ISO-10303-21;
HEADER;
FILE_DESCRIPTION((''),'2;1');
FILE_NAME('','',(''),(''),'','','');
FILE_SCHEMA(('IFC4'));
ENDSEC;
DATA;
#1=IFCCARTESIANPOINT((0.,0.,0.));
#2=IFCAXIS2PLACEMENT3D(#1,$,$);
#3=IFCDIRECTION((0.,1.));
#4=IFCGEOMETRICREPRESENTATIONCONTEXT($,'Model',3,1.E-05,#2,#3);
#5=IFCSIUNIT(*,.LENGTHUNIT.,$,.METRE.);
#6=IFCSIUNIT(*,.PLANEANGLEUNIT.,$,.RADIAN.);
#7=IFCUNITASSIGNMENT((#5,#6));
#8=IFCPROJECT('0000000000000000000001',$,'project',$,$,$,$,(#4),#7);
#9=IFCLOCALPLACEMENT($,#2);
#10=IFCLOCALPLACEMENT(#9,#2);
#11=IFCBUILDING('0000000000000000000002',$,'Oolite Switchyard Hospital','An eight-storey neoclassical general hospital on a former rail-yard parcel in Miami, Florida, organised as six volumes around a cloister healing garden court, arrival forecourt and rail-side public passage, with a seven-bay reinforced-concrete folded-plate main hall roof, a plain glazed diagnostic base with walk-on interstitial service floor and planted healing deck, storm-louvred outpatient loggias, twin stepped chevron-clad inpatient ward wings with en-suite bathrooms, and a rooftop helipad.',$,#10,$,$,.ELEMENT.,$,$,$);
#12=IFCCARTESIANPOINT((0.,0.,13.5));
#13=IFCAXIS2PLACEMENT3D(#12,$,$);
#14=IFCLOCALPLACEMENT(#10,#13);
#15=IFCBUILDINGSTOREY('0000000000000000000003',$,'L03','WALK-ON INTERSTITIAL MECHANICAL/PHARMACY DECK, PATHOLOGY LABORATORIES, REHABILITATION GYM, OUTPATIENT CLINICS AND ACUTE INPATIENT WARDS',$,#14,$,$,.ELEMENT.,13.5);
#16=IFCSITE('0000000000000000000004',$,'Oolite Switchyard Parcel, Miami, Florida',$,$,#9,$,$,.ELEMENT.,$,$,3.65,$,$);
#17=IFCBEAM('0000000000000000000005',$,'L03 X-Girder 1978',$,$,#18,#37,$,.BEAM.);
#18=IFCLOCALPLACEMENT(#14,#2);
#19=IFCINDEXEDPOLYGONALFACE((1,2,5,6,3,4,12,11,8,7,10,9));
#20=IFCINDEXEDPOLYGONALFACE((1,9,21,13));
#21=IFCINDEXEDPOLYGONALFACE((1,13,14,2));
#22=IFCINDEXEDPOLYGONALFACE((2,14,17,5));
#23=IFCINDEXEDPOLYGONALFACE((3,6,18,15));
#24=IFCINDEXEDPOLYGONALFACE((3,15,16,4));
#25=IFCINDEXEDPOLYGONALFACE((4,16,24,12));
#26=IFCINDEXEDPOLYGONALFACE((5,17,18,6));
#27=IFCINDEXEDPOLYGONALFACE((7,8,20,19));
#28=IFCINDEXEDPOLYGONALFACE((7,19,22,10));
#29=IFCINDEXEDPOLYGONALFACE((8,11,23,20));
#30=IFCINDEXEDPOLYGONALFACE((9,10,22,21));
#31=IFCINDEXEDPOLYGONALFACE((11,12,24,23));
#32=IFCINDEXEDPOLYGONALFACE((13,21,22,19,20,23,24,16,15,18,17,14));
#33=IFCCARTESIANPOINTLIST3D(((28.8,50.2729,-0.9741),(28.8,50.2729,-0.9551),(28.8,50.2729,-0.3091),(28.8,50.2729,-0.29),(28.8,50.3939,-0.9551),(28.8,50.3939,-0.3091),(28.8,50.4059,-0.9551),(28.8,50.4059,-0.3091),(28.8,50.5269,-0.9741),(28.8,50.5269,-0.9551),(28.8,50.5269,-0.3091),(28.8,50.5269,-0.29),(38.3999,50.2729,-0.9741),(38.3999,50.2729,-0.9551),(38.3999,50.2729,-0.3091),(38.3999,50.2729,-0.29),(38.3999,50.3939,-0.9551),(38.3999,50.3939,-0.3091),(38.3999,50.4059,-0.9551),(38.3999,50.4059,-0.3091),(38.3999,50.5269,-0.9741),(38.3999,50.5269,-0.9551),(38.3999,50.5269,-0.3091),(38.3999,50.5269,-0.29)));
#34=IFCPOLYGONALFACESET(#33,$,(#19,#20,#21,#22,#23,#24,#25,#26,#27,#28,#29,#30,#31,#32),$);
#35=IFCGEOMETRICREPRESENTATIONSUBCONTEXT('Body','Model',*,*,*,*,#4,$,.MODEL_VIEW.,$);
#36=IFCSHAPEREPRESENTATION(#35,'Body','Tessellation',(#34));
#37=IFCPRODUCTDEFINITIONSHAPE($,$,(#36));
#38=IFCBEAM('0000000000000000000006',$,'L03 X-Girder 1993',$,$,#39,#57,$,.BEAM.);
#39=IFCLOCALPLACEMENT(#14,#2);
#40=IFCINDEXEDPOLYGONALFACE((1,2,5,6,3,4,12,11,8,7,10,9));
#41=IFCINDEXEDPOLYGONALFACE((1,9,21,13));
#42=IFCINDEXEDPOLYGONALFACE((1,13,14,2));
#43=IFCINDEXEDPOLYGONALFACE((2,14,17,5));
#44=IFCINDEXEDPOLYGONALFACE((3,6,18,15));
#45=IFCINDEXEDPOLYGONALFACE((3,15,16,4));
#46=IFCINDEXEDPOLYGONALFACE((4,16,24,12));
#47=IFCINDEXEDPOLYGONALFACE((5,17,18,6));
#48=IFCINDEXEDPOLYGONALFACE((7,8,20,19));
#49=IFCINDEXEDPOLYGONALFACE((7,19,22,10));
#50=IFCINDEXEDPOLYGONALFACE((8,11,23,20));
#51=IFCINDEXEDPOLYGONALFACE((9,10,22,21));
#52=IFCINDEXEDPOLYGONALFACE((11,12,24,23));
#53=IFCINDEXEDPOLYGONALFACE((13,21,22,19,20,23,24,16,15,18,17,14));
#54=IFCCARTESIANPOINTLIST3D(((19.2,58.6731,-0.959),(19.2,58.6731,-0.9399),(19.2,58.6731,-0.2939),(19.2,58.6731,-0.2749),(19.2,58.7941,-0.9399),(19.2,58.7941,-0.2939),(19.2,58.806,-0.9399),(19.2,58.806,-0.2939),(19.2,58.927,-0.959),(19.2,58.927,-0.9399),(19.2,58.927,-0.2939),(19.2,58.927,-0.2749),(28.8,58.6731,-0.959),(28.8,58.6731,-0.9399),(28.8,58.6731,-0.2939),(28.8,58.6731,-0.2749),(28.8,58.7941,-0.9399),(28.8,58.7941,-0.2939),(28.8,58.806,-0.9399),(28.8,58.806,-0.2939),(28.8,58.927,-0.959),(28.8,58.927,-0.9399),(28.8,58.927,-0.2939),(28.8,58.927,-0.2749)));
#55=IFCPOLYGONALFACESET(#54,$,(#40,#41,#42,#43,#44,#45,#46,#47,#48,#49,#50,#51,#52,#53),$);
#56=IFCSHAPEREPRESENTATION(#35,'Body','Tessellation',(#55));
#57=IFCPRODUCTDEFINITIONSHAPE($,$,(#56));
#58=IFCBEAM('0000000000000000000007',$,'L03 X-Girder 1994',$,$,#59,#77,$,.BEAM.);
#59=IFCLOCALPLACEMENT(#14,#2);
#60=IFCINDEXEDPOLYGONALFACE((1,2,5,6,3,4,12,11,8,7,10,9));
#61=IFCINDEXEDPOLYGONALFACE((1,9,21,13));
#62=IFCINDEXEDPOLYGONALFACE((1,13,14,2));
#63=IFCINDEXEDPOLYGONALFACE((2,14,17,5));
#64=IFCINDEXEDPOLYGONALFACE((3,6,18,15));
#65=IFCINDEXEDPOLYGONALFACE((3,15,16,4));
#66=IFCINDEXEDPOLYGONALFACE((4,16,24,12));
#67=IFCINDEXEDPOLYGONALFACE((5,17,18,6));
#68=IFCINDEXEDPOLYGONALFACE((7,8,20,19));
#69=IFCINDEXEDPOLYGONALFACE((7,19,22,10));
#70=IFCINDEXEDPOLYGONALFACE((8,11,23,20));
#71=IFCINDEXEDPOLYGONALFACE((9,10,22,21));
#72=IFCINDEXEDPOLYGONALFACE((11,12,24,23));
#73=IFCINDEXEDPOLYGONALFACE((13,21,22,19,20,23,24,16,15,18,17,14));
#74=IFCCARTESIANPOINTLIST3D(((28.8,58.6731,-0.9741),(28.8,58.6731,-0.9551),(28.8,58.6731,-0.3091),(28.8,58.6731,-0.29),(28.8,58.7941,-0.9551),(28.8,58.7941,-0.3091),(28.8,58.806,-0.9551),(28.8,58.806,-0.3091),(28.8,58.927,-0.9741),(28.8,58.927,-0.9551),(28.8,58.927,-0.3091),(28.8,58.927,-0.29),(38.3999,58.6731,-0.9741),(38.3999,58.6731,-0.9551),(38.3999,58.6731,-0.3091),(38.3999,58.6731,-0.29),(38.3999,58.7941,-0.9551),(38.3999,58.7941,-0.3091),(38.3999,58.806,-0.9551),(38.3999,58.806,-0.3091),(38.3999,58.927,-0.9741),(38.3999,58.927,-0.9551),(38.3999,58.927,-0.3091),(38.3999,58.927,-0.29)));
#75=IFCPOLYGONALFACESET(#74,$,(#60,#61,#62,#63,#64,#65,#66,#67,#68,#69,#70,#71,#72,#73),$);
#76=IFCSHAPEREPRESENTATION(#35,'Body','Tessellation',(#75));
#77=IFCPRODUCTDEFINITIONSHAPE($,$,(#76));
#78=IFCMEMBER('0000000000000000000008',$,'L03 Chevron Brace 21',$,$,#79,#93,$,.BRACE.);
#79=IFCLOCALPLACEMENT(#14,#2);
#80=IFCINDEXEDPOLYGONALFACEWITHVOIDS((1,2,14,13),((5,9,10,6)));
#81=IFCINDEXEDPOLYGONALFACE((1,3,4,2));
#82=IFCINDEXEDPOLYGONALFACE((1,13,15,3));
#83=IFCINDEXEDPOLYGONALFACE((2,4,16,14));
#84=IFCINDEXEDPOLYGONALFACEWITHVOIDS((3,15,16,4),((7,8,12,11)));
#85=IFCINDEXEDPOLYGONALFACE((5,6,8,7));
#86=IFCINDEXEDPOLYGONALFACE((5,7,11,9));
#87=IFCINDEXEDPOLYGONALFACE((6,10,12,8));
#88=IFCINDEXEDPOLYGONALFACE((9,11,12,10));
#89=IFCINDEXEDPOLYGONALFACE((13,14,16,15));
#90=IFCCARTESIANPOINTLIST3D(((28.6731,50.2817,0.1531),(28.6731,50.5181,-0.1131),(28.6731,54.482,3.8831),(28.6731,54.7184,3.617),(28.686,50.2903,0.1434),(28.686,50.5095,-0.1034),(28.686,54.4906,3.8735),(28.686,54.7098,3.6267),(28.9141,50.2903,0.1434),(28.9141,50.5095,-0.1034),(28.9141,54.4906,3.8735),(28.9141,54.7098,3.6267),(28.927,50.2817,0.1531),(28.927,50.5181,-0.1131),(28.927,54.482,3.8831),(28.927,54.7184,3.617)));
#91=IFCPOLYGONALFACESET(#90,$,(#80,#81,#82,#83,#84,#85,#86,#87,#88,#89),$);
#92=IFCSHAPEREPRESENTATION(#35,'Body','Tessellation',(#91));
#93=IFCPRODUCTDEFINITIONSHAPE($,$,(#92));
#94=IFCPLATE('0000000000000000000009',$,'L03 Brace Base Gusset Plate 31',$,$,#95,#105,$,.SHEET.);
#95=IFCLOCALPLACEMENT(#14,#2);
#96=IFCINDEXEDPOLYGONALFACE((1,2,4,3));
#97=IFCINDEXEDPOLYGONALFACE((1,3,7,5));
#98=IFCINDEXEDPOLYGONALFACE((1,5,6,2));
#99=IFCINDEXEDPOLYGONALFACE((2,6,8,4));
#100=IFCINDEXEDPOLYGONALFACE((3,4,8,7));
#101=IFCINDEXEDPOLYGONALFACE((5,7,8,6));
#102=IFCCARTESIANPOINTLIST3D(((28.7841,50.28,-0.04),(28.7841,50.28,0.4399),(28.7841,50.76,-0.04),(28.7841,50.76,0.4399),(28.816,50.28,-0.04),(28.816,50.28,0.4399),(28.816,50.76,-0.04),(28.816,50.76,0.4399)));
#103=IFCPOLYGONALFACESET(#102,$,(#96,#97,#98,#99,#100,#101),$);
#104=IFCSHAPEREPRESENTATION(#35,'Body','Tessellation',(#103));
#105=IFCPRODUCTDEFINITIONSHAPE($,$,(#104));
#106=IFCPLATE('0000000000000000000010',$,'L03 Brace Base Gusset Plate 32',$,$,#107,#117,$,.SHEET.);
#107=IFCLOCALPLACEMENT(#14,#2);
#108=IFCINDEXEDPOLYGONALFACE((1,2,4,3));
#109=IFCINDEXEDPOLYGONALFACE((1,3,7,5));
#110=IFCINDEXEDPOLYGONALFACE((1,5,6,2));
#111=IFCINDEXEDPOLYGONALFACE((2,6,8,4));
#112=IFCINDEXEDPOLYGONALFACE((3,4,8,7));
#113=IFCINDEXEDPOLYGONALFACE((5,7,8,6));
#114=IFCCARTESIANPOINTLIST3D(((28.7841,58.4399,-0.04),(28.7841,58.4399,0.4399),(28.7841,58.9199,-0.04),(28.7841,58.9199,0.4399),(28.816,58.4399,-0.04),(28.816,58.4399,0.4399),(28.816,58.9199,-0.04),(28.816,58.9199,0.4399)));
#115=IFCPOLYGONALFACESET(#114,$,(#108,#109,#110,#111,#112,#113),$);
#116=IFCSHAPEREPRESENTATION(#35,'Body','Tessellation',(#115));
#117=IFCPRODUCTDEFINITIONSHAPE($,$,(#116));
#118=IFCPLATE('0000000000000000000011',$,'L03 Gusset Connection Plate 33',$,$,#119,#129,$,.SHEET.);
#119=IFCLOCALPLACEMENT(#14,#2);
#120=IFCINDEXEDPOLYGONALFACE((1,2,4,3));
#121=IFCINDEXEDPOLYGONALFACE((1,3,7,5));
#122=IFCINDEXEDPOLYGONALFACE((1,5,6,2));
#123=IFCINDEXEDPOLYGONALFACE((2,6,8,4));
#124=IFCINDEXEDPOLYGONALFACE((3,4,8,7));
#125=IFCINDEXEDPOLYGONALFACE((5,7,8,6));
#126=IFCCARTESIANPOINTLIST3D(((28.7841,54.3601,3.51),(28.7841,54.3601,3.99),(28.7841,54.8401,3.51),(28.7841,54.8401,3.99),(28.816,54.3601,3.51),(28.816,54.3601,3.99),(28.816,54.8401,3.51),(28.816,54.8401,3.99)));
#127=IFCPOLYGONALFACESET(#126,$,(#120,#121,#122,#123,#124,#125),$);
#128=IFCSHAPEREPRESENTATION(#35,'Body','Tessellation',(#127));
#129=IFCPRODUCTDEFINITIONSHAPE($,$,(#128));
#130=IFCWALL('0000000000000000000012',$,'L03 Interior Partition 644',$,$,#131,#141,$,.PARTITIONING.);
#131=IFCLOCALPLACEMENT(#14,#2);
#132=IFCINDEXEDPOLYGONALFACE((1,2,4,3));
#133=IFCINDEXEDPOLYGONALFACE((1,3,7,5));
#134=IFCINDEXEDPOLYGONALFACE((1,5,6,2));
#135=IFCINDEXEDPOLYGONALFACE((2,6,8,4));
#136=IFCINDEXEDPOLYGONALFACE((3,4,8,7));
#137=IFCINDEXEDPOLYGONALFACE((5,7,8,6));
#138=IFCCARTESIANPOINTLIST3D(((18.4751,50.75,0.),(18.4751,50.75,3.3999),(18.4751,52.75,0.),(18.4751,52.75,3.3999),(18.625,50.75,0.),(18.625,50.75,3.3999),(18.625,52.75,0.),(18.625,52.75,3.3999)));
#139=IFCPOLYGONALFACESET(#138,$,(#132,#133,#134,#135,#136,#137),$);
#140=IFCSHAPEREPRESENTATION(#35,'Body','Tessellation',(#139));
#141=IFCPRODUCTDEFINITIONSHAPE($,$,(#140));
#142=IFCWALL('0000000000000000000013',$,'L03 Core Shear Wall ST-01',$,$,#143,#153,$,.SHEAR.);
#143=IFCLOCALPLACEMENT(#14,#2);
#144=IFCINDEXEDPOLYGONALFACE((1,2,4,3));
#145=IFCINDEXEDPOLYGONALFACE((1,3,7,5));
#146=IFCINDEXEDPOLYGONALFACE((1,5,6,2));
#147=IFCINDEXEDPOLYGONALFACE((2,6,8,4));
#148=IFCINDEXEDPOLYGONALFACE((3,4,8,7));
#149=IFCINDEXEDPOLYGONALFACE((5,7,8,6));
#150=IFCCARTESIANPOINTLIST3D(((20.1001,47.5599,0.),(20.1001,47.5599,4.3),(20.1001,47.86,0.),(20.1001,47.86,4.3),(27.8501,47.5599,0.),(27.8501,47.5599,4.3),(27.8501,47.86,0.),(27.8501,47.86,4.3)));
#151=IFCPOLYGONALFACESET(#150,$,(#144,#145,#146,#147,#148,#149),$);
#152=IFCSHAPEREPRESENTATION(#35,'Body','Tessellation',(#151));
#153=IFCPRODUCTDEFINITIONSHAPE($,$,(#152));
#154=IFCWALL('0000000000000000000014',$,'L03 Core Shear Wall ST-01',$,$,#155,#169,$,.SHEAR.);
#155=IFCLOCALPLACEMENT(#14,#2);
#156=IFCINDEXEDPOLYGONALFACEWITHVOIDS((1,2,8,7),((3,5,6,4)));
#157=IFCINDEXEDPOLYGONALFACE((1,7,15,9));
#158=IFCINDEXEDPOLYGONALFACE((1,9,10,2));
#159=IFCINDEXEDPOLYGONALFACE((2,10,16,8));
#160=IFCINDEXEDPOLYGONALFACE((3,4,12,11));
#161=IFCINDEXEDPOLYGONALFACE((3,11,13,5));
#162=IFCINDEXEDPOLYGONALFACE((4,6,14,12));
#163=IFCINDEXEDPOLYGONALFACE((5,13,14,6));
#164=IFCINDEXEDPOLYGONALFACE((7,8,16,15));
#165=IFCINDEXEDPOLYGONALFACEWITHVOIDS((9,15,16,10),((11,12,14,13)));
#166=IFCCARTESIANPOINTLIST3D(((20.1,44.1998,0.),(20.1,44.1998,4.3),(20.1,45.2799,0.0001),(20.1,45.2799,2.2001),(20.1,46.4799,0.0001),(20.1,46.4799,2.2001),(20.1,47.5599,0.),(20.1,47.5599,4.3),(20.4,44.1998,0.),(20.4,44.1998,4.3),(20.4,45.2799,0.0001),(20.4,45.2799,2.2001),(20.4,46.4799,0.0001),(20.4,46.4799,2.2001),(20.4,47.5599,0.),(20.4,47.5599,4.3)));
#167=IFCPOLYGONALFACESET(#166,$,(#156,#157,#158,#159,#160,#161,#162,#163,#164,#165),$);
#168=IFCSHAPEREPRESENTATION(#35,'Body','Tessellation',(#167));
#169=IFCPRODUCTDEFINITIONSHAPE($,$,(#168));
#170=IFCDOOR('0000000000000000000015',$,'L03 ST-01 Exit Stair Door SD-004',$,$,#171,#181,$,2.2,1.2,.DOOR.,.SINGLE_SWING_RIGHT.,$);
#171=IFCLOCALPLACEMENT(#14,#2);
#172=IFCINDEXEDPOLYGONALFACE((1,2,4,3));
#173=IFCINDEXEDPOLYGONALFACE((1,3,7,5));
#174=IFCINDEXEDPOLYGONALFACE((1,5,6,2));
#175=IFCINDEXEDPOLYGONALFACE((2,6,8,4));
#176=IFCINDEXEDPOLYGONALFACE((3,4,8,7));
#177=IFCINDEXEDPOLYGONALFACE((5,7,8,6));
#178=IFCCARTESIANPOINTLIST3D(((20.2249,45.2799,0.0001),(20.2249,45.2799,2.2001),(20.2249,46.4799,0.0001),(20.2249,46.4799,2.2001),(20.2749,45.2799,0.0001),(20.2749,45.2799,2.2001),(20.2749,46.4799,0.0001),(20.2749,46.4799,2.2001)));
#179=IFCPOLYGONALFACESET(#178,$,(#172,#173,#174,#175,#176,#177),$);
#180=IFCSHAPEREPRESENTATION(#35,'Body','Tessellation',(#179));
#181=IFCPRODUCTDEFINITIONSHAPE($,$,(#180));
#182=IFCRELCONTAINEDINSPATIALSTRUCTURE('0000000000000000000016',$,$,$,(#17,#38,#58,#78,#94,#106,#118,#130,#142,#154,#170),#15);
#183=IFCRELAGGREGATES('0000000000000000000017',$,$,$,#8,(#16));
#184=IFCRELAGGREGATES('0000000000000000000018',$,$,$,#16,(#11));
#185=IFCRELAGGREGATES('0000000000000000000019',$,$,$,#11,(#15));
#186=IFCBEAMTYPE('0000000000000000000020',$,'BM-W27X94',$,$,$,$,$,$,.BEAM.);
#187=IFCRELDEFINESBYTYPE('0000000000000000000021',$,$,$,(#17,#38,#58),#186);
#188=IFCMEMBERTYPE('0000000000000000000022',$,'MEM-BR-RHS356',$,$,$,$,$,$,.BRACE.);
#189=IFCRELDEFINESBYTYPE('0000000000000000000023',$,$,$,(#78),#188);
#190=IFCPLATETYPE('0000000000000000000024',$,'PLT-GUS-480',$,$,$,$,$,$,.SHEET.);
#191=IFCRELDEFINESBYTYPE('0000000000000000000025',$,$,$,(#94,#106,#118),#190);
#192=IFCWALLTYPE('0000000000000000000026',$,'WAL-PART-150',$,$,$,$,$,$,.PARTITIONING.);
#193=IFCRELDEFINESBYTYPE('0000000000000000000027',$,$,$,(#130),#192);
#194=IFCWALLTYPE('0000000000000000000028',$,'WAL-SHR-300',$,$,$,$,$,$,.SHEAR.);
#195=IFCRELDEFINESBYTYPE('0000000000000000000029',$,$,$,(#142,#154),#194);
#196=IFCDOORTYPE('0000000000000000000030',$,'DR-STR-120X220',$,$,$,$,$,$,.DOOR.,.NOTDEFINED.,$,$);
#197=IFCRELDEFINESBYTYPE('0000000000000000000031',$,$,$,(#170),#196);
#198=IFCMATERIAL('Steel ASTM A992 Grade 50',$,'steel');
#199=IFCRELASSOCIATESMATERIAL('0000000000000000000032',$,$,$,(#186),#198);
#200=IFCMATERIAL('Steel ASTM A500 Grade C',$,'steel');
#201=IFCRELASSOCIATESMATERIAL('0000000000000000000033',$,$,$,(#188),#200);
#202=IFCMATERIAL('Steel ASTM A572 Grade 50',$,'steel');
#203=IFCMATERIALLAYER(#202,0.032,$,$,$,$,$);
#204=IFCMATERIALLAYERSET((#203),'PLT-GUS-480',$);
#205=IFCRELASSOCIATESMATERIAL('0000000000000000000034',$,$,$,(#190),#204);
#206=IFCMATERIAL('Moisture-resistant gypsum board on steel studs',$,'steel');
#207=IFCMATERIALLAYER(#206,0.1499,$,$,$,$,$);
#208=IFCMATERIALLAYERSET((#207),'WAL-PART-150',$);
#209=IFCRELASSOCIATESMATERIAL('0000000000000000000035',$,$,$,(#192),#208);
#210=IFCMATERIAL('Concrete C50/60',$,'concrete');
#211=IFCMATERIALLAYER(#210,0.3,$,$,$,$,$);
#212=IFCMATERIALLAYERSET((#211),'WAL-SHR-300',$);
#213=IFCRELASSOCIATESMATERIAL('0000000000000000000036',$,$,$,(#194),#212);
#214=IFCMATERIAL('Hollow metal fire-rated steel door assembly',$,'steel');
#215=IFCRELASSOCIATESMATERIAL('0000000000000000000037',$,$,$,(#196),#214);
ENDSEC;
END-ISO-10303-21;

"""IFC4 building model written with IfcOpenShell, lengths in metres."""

from ifc_helpers import new_model, si_unit, direction, frame, frame_2d, origin, origin_2d, place, context, subcontext, project, spatial, rectangle, hollow_rectangle, i_section, extrude, material, layer, layer_set, material_profile, profile_set, type_object, element, fill, save


model = new_model("IFC4")

# Units and contexts
model_context = context("Model", 3, precision=1e-05, world=origin(), true_north=direction((0.0, 1.0)))
body_context = subcontext(model_context, "Body", "Model", "MODEL_VIEW")
ifc_project = project(units=[si_unit("LENGTHUNIT", "METRE"), si_unit("PLANEANGLEUNIT", "RADIAN")], contexts=[model_context])

# Site, building, storey
site_placement = place(None, origin())
site = spatial("IfcSite", under=ifc_project, at=site_placement, Name="Oolite Switchyard Parcel, Miami, Florida", CompositionType="ELEMENT", RefElevation=3.65)
building_placement = place(site_placement, origin())
building = spatial("IfcBuilding", under=site, at=building_placement, Name="Oolite Switchyard Hospital", Description="An eight-storey neoclassical general hospital on a former rail-yard parcel in Miami, Florida, organised as six volumes around a cloister healing garden court, arrival forecourt and rail-side public passage, with a seven-bay reinforced-concrete folded-plate main hall roof, a plain glazed diagnostic base with walk-on interstitial service floor and planted healing deck, storm-louvred outpatient loggias, twin stepped chevron-clad inpatient ward wings with en-suite bathrooms, and a rooftop helipad.", CompositionType="ELEMENT")
storey_placement = place(building_placement, frame((0.0, 0.0, 13.5)))
storey = spatial("IfcBuildingStorey", under=building, at=storey_placement, Name="L03", Description="WALK-ON INTERSTITIAL MECHANICAL/PHARMACY DECK, PATHOLOGY LABORATORIES, REHABILITATION GYM, OUTPATIENT CLINICS AND ACUTE INPATIENT WARDS", CompositionType="ELEMENT", Elevation=13.5)

# Shared definitions
ifc_material_1 = material(Name="Concrete C50/60", Category="concrete")

# Beams
ifc_material_2 = material(Name="Steel ASTM A992 Grade 50", Category="steel")
ifc_material_profile_1 = material_profile(ifc_material_2, i_section(OverallWidth=0.2539, OverallDepth=0.6841, WebThickness=0.012, FlangeThickness=0.019, at=origin_2d()), Name="W27X94")
ifc_profile_set_1 = profile_set([ifc_material_profile_1], Name="Steel ASTM A992 Grade 50")
beam_type_1 = type_object("IfcBeamType", Name="BM-W27X94", PredefinedType="BEAM", material=ifc_profile_set_1)
beam_1_placement = place(storey_placement, frame((28.8, 50.3999, -0.6321), z_axis=(1.0, 0.0, 0.0), x_axis=(0.0, 1.0, 0.0)))
element("IfcBeam", 1, at=beam_1_placement, inside=storey, type_object=beam_type_1, Name="L03 X-Girder 1978", PredefinedType="BEAM", context=body_context, shape_type="SweptSolid", body=[
    extrude(i_section(OverallWidth=0.2539, OverallDepth=0.6841, WebThickness=0.012, FlangeThickness=0.019, at=origin_2d()), origin(), (0.0, 0.0, 1.0), 9.5999),
])
beam_2_placement = place(storey_placement, frame((19.2, 58.8, -0.6169), z_axis=(1.0, 0.0, 0.0), x_axis=(0.0, 1.0, 0.0)))
element("IfcBeam", 2, at=beam_2_placement, inside=storey, type_object=beam_type_1, Name="L03 X-Girder 1993", PredefinedType="BEAM", context=body_context, shape_type="SweptSolid", body=[
    extrude(i_section(OverallWidth=0.2539, OverallDepth=0.6841, WebThickness=0.012, FlangeThickness=0.019, at=origin_2d()), origin(), (0.0, 0.0, 1.0), 9.6001),
])
beam_3_placement = place(storey_placement, frame((28.8, 58.8, -0.6321), z_axis=(1.0, 0.0, 0.0), x_axis=(0.0, 1.0, 0.0)))
element("IfcBeam", 3, at=beam_3_placement, inside=storey, type_object=beam_type_1, Name="L03 X-Girder 1994", PredefinedType="BEAM", context=body_context, shape_type="SweptSolid", body=[
    extrude(i_section(OverallWidth=0.2539, OverallDepth=0.6841, WebThickness=0.012, FlangeThickness=0.019, at=origin_2d()), origin(), (0.0, 0.0, 1.0), 9.5999),
])

# Member
ifc_material_3 = material(Name="Steel ASTM A500 Grade C", Category="steel")
ifc_material_profile_2 = material_profile(ifc_material_3, hollow_rectangle(XDim=0.2539, YDim=0.356, WallThickness=0.0129, at=origin_2d()), Name="HSS356X254X13")
ifc_profile_set_2 = profile_set([ifc_material_profile_2], Name="Steel ASTM A500 Grade C")
member_type = type_object("IfcMemberType", Name="MEM-BR-RHS356", PredefinedType="BRACE", material=ifc_profile_set_2)
member_placement = place(storey_placement, frame((28.8, 50.3999, 0.02), z_axis=(0.0, 0.747721, 0.664013), x_axis=(-1.0, 0.0, 0.0)))
element("IfcMember", 4, at=member_placement, inside=storey, type_object=member_type, Name="L03 Chevron Brace 21", PredefinedType="BRACE", context=body_context, shape_type="SweptSolid", body=[
    extrude(hollow_rectangle(XDim=0.2539, YDim=0.356, WallThickness=0.0129, at=origin_2d()), origin(), (0.0, 0.0, 1.0), 5.6174),
])

# Plates
ifc_material_4 = material(Name="Steel ASTM A572 Grade 50", Category="steel")
ifc_layer_1 = layer(ifc_material_4, 0.032)
ifc_layer_set_1 = layer_set([ifc_layer_1], Name="PLT-GUS-480")
plate_type = type_object("IfcPlateType", Name="PLT-GUS-480", PredefinedType="SHEET", material=ifc_layer_set_1)
for number, where, z_axis, x_axis, name in (
    (5, (28.8, 50.52, -0.04), (0.0, 0.0, 1.0), (0.0, 1.0, 0.0), "L03 Brace Base Gusset Plate 31"),
    (6, (28.8, 58.6799, -0.04), (0.0, 0.0, 1.0), (0.0, 1.0, 0.0), "L03 Brace Base Gusset Plate 32"),
    (7, (28.8, 54.6001, 3.51), (0.0, 0.0, 1.0), (0.0, 1.0, 0.0), "L03 Gusset Connection Plate 33"),
):
    element("IfcPlate", number, at=place(storey_placement, frame(where, z_axis=z_axis, x_axis=x_axis)), inside=storey, type_object=plate_type, Name=name, PredefinedType="SHEET", context=body_context, shape_type="SweptSolid", body=[
        extrude(rectangle(XDim=0.48, YDim=0.032, at=origin_2d()), origin(), (0.0, 0.0, 1.0), 0.48),
    ])

# Walls
ifc_material_5 = material(Name="Moisture-resistant gypsum board on steel studs", Category="steel")
ifc_layer_2 = layer(ifc_material_5, 0.1499)
ifc_layer_set_2 = layer_set([ifc_layer_2], Name="WAL-PART-150")
wall_type_1 = type_object("IfcWallType", Name="WAL-PART-150", PredefinedType="PARTITIONING", material=ifc_layer_set_2)
wall_1_placement = place(storey_placement, frame((18.55, 50.75, 0.0), z_axis=(0.0, 0.0, 1.0), x_axis=(0.0, 1.0, 0.0)))
element("IfcWall", 8, at=wall_1_placement, inside=storey, type_object=wall_type_1, Name="L03 Interior Partition 644", PredefinedType="PARTITIONING", context=body_context, shape_type="SweptSolid", body=[
    extrude(rectangle(XDim=2.0, YDim=0.1499, at=frame_2d((1.0, 0.0))), origin(), (0.0, 0.0, 1.0), 3.3999),
])
ifc_layer_3 = layer(ifc_material_1, 0.3)
ifc_layer_set_3 = layer_set([ifc_layer_3], Name="WAL-SHR-300")
wall_type_2 = type_object("IfcWallType", Name="WAL-SHR-300", PredefinedType="SHEAR", material=ifc_layer_set_3)
wall_2_placement = place(storey_placement, frame((27.8501, 47.71, 0.0), z_axis=(0.0, 0.0, 1.0), x_axis=(-1.0, 0.0, 0.0)))
element("IfcWall", 9, at=wall_2_placement, inside=storey, type_object=wall_type_2, Name="L03 Core Shear Wall ST-01", PredefinedType="SHEAR", context=body_context, shape_type="SweptSolid", body=[
    extrude(rectangle(XDim=7.75, YDim=0.3, at=frame_2d((3.875, 0.0))), origin(), (0.0, 0.0, 1.0), 4.3),
])

# Wall, opening, door
wall_3_placement = place(storey_placement, frame((20.25, 47.5601, 0.0), z_axis=(0.0, 0.0, 1.0), x_axis=(0.0, -1.0, 0.0)))
wall_3 = element("IfcWall", 10, at=wall_3_placement, inside=storey, type_object=wall_type_2, Name="L03 Core Shear Wall ST-01", PredefinedType="SHEAR", context=body_context, shape_type="SweptSolid", body=[
    extrude(rectangle(XDim=3.3601, YDim=0.3, at=frame_2d((1.6802, 0.0))), origin(), (0.0, 0.0, 1.0), 4.3),
])
opening_placement = place(wall_3_placement, frame((1.0801, 0.0, 0.0)))
opening = element("IfcOpeningElement", 11, at=opening_placement, cuts=wall_3, PredefinedType="OPENING", context=body_context, shape_type="SweptSolid", body=[
    extrude(rectangle(XDim=1.2, YDim=2.2, at=frame_2d((0.6001, 1.1001))), frame((0.0, 0.1602, 0.0), z_axis=(0.0, -1.0, 0.0), x_axis=(1.0, 0.0, 0.0)), (0.0, 0.0, 1.0), 0.3201),
])
ifc_material_6 = material(Name="Hollow metal fire-rated steel door assembly", Category="steel")
door_type = type_object("IfcDoorType", Name="DR-STR-120X220", OperationType="NOTDEFINED", PredefinedType="DOOR", material=ifc_material_6)
door_placement = place(opening_placement, origin())
door = element("IfcDoor", 12, at=door_placement, inside=storey, type_object=door_type, Name="L03 ST-01 Exit Stair Door SD-004", OperationType="SINGLE_SWING_RIGHT", OverallHeight=2.2, OverallWidth=1.2, PredefinedType="DOOR", context=body_context, shape_type="SweptSolid", body=[
    extrude(rectangle(XDim=1.2, YDim=2.2, at=frame_2d((0.6001, 1.1001))), frame((0.0, 0.0249, 0.0), z_axis=(0.0, -1.0, 0.0), x_axis=(1.0, 0.0, 0.0)), (0.0, 0.0, 1.0), 0.05),
])
fill(opening, door)

save(model, "model.ifc")
